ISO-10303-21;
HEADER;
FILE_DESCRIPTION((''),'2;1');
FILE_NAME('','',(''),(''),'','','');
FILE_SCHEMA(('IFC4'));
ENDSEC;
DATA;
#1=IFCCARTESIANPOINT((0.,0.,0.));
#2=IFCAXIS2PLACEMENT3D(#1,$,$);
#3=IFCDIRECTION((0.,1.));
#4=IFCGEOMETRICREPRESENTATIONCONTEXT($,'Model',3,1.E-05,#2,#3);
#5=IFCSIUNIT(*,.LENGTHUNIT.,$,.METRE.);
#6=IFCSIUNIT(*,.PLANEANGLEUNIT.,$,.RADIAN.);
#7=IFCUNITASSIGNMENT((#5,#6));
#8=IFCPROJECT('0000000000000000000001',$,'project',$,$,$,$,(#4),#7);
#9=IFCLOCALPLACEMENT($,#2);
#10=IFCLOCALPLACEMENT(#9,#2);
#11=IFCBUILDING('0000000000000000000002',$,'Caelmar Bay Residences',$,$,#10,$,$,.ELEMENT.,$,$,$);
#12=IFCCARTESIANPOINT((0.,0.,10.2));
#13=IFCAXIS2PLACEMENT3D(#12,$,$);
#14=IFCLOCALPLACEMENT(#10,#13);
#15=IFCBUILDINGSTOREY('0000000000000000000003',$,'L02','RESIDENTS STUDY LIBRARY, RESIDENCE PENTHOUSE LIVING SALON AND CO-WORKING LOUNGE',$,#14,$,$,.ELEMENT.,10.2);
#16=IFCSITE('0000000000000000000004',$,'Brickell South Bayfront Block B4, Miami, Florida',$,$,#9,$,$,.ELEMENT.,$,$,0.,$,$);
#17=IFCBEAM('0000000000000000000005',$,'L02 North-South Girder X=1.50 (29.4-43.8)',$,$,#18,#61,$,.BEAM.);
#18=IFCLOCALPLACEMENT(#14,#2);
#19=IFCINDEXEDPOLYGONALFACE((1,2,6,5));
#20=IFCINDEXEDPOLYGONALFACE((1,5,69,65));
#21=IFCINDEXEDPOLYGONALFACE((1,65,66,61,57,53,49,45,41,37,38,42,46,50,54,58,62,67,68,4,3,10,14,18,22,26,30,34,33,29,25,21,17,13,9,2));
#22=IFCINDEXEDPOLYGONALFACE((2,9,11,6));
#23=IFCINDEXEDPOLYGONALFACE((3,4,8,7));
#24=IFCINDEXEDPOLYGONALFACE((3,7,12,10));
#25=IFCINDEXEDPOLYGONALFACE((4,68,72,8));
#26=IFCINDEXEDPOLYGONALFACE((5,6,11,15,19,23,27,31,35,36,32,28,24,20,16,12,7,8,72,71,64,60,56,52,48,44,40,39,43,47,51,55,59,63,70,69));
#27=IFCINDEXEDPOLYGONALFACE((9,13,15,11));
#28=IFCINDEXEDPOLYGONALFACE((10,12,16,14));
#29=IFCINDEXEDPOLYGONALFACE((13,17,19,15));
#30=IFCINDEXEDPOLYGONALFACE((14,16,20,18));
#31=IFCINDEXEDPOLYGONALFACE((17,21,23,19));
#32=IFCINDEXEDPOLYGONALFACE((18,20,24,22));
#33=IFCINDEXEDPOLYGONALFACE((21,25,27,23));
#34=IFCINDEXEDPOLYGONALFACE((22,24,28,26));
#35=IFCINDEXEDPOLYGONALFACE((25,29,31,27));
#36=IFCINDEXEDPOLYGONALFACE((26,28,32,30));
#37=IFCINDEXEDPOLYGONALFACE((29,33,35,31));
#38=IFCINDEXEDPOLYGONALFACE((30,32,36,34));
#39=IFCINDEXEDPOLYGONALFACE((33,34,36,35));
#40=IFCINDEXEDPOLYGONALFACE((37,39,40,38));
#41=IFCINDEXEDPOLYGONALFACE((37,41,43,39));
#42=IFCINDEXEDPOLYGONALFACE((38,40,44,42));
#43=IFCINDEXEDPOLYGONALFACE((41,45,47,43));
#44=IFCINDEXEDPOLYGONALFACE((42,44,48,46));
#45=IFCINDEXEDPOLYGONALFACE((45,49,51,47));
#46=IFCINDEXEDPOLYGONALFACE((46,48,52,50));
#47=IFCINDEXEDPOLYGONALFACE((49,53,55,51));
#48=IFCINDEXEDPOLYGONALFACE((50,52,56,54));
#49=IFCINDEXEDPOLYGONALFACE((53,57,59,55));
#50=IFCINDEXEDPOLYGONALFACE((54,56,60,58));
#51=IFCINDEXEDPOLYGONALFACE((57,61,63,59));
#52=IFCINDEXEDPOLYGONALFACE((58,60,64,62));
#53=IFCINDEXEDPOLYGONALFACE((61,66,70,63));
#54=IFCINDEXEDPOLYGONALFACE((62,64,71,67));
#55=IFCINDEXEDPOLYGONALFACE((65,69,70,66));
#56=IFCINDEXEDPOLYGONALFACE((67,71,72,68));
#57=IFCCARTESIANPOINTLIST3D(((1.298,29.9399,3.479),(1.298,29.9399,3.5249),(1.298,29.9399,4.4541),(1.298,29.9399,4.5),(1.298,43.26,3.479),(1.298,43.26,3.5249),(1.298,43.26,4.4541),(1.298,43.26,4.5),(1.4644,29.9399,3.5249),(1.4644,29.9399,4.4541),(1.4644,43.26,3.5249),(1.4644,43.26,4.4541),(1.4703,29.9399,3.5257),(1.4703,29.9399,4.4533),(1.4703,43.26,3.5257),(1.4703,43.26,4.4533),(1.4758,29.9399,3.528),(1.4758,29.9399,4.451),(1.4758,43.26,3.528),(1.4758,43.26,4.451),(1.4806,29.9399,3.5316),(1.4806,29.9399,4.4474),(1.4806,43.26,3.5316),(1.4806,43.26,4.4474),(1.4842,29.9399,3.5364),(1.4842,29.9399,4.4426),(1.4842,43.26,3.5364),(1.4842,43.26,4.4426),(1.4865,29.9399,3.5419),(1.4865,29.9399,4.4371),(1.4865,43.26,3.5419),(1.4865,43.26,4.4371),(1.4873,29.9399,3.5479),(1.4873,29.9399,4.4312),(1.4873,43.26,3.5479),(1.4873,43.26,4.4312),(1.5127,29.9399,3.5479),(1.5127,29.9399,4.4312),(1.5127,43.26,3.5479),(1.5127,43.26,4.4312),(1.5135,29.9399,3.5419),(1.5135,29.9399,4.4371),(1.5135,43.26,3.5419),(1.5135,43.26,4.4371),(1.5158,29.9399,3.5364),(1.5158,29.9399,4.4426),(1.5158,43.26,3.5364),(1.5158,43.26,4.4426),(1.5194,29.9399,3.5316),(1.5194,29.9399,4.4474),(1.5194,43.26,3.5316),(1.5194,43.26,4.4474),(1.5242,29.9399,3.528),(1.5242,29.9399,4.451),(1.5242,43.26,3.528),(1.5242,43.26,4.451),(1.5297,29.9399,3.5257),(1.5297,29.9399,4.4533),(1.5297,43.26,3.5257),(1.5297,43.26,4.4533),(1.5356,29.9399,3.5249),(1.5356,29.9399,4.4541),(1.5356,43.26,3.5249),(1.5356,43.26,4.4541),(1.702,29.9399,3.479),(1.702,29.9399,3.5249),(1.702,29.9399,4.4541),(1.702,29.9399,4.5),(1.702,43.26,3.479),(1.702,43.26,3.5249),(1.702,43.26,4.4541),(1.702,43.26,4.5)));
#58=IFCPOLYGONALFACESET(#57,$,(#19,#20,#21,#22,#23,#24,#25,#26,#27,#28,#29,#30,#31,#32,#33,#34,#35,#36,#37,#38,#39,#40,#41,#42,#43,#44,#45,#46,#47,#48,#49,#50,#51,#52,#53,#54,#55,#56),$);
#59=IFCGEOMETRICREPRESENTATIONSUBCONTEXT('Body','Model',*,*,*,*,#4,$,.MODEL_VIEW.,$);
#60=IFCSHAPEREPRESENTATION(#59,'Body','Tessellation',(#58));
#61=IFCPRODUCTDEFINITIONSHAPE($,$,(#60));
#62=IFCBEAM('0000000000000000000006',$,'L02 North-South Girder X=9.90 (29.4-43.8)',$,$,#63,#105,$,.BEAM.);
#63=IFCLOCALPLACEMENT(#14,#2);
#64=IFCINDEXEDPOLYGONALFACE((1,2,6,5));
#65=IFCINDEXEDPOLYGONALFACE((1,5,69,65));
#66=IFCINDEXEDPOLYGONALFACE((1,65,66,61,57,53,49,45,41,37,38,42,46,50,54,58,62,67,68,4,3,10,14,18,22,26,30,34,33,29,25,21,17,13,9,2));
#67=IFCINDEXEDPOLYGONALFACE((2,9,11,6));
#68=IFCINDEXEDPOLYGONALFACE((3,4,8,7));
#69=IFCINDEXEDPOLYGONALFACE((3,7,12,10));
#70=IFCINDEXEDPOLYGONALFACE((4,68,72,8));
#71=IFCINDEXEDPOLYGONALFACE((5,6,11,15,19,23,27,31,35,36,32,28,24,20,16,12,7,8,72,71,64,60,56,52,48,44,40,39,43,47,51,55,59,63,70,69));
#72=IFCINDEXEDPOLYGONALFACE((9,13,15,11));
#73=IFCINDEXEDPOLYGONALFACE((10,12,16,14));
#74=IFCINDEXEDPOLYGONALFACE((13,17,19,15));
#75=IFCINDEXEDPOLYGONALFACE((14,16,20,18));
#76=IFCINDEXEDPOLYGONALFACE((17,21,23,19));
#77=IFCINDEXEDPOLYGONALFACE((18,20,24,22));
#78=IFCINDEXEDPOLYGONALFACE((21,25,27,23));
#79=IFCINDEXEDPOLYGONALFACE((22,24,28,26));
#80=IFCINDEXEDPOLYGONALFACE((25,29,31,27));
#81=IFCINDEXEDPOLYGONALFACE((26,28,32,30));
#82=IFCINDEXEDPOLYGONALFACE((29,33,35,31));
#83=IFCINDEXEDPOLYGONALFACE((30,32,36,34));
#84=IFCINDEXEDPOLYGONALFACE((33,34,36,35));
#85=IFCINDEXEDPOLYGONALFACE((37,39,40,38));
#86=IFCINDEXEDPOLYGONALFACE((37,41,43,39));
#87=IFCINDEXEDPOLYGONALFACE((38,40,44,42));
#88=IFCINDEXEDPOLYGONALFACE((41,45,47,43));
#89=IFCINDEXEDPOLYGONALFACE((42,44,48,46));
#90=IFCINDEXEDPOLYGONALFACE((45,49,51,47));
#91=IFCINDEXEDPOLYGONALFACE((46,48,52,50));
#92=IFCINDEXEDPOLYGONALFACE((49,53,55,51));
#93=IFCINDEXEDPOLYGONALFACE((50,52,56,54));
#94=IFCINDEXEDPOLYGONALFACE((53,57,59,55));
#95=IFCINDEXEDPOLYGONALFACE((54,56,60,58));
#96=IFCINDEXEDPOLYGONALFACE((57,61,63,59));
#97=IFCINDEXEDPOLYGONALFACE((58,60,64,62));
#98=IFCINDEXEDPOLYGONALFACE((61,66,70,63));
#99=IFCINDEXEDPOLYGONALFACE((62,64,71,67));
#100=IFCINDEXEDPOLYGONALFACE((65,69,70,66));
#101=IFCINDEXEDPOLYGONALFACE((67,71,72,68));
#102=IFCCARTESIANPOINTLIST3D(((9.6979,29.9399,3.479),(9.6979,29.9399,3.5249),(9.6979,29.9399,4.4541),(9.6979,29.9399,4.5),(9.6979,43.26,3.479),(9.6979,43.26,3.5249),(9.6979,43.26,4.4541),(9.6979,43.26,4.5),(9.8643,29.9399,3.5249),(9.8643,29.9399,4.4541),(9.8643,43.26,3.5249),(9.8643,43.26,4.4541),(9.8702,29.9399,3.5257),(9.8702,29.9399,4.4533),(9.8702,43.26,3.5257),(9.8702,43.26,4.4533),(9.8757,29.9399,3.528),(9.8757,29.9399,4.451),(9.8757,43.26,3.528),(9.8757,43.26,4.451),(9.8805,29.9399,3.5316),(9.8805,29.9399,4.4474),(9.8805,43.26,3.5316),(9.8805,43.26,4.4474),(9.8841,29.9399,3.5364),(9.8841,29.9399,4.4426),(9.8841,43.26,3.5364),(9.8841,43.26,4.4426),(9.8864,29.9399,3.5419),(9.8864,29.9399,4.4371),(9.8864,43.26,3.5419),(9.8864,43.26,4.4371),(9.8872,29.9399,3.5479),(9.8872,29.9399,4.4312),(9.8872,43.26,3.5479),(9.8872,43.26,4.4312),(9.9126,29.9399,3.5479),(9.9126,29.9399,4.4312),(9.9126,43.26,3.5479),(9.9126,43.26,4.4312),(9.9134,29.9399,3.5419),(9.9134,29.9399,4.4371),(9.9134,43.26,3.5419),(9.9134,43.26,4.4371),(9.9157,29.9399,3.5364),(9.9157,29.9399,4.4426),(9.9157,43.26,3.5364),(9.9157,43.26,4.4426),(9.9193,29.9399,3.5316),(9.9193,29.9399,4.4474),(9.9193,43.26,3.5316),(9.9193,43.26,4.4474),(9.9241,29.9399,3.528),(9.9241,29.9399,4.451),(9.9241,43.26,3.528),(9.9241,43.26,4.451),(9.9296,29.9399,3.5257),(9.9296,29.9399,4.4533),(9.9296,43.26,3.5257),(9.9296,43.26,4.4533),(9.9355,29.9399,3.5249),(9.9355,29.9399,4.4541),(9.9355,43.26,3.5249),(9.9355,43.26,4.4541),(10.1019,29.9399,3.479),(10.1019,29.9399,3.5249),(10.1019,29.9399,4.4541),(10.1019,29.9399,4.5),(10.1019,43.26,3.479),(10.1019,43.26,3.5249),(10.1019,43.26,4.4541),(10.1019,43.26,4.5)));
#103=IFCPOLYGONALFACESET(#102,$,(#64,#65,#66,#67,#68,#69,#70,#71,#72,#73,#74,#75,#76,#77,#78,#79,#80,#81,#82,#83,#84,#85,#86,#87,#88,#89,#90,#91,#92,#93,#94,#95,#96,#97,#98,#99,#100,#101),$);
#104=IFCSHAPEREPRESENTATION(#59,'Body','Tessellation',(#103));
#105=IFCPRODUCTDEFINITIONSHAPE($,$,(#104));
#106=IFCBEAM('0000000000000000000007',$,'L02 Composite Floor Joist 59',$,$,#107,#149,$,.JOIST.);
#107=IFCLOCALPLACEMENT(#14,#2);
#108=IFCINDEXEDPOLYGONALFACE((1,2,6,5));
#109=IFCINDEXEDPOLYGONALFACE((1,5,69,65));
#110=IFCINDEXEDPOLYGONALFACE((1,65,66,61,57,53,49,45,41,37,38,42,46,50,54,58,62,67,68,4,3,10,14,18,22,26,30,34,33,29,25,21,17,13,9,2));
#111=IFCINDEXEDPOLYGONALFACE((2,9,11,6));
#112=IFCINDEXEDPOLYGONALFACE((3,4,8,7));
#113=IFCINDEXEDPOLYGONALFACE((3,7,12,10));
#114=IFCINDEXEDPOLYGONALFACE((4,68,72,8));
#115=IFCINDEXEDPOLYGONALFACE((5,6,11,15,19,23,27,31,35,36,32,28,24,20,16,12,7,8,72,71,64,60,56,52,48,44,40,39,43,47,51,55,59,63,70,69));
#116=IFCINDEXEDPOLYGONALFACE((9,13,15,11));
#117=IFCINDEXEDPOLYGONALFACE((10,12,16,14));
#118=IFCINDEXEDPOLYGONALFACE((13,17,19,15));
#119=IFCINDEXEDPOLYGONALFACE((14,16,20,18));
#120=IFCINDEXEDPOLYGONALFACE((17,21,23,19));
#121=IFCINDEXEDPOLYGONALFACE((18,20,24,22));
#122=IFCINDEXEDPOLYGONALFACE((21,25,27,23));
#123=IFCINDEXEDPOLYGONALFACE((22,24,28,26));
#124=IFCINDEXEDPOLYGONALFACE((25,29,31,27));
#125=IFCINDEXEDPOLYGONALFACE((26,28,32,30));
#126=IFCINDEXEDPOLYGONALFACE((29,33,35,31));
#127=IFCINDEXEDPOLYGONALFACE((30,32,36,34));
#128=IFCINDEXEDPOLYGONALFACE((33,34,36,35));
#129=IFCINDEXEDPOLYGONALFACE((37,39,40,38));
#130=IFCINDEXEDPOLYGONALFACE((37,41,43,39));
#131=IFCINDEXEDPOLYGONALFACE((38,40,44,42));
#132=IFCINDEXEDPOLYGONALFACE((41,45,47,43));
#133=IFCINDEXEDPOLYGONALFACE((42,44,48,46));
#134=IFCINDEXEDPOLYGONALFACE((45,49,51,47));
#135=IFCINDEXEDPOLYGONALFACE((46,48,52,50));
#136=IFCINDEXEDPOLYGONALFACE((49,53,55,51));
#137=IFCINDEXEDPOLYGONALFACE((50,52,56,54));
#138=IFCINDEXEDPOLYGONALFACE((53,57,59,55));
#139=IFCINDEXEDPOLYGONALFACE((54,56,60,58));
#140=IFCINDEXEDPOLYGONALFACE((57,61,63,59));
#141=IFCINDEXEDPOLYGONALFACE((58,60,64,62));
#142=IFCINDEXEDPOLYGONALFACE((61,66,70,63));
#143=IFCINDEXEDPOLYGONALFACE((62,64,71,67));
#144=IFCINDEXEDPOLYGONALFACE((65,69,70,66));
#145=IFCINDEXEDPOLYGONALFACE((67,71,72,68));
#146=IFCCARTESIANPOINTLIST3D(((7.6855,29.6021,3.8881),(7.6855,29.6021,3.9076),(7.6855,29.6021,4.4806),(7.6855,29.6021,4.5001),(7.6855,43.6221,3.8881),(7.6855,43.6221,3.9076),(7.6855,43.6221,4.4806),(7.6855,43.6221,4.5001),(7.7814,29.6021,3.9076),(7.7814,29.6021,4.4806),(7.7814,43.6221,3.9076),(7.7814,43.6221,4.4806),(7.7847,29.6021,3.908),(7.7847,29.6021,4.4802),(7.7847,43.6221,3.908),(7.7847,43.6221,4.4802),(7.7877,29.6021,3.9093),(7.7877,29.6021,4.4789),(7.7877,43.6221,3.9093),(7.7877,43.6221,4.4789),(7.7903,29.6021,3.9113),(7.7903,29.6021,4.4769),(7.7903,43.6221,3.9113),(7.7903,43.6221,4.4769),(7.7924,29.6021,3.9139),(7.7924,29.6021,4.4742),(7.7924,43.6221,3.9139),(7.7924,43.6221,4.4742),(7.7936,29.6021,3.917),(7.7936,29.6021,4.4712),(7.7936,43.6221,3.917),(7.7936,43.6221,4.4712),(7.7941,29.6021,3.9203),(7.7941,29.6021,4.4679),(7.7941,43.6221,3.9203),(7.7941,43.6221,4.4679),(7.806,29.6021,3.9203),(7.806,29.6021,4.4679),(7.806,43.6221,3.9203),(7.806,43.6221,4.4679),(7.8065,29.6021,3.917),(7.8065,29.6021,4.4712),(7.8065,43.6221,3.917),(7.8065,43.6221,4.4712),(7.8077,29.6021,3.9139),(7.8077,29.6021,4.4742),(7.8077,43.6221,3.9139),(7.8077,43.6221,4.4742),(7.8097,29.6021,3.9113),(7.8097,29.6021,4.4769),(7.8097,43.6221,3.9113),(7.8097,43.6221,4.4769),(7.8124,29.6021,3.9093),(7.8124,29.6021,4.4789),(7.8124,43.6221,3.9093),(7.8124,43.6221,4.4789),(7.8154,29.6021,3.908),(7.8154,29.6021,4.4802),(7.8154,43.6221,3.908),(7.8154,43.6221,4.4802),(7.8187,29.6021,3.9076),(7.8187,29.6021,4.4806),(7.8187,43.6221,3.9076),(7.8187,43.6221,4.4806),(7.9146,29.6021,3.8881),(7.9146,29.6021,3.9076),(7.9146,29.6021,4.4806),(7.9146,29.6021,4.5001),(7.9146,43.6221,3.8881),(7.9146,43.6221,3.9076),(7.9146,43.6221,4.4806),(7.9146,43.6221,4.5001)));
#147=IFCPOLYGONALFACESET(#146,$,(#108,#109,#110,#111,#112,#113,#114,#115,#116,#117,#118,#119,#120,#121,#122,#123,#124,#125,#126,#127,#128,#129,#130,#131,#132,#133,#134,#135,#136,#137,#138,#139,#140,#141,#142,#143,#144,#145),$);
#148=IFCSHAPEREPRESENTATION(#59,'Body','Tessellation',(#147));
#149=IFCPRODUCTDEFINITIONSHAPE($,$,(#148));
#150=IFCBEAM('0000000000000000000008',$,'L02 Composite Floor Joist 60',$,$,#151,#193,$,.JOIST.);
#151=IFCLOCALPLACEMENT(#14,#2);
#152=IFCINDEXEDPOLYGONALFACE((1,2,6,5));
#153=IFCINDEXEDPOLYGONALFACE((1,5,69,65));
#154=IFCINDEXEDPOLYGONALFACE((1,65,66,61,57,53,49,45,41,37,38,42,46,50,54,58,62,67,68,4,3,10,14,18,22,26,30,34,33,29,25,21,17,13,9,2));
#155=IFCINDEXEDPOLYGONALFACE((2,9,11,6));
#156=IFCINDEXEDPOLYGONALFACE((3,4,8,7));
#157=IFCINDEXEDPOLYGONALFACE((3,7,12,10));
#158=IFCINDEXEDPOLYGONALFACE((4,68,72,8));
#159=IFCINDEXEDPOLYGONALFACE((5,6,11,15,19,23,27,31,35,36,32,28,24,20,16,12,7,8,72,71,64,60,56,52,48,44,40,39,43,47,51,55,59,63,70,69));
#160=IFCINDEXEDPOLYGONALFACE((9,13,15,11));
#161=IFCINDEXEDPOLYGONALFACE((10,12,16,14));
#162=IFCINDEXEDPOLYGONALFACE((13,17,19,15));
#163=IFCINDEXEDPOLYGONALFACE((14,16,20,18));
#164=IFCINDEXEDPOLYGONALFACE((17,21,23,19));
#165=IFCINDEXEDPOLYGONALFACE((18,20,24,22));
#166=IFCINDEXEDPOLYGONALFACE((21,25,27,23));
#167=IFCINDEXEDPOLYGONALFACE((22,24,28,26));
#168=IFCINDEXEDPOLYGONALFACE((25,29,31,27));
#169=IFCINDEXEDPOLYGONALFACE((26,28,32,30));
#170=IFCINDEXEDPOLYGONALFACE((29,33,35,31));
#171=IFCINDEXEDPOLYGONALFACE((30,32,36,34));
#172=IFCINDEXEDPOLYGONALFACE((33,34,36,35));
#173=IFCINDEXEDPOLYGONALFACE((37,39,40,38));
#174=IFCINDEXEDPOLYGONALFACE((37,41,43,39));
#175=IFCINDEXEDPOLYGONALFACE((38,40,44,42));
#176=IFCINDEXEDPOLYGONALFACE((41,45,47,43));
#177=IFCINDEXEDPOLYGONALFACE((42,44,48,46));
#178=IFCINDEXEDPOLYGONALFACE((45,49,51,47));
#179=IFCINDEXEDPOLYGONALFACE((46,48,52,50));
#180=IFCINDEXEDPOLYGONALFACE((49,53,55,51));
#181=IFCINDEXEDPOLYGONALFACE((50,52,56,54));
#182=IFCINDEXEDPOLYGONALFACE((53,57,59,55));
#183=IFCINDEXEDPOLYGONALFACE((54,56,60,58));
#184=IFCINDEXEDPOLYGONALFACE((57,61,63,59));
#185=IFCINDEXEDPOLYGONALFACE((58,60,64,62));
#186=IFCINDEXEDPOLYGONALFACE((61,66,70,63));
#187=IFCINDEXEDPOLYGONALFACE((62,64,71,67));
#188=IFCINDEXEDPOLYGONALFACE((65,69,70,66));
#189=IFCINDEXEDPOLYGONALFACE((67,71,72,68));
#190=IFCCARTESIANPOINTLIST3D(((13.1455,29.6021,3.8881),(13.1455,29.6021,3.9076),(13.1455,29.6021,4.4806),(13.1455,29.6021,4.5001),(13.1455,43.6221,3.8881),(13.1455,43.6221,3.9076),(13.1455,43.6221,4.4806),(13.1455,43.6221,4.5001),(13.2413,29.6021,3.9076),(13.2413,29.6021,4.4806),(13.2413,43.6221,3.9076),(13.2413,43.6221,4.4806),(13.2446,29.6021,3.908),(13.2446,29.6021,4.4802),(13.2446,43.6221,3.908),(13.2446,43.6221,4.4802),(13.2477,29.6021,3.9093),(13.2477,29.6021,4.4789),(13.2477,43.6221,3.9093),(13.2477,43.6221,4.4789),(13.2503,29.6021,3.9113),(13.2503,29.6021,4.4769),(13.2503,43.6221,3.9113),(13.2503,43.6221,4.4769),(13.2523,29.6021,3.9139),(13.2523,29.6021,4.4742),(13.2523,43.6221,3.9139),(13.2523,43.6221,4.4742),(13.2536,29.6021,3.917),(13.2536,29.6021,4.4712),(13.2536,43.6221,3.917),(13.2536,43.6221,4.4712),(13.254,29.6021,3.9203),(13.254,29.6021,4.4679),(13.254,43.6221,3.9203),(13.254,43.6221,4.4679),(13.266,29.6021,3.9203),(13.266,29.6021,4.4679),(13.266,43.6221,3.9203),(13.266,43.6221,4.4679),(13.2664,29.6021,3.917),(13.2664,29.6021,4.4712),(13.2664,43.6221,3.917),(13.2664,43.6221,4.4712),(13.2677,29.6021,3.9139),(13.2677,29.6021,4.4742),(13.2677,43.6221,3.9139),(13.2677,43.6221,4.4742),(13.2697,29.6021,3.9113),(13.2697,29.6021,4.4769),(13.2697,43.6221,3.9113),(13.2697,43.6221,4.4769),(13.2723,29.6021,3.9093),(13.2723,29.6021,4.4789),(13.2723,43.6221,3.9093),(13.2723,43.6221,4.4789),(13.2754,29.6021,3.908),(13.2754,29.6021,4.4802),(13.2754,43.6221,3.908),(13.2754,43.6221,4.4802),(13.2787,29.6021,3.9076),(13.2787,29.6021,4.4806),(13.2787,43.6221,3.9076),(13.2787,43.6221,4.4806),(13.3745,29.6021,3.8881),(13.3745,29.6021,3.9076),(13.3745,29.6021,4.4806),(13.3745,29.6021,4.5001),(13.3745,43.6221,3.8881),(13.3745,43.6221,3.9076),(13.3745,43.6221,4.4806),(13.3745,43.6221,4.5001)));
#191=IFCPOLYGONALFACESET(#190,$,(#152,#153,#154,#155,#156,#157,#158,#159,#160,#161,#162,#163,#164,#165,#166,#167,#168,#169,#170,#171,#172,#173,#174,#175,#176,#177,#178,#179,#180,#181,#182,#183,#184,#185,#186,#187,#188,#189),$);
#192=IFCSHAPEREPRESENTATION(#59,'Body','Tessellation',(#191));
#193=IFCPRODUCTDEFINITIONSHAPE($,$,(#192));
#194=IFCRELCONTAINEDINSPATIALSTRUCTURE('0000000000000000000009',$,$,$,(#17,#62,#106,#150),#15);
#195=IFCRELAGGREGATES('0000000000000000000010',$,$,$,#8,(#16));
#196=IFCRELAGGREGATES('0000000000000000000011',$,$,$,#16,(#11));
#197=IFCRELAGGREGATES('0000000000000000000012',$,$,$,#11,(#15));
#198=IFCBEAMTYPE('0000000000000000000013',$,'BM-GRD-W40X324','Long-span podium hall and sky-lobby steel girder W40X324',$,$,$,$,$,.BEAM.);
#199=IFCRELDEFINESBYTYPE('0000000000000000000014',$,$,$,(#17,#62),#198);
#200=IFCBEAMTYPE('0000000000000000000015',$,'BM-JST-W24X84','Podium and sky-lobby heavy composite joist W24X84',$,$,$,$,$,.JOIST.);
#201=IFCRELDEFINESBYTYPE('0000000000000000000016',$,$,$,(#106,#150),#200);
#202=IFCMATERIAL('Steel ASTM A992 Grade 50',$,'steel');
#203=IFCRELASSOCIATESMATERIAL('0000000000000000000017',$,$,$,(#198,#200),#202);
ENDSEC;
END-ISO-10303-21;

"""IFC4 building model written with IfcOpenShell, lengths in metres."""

from ifc_helpers import new_model, si_unit, direction, frame, origin, origin_2d, place, context, subcontext, project, spatial, i_section, extrude, material, material_profile, profile_set, type_object, element, save


model = new_model("IFC4")

# Units and contexts
model_context = context("Model", 3, precision=1e-05, world=origin(), true_north=direction((0.0, 1.0)))
body_context = subcontext(model_context, "Body", "Model", "MODEL_VIEW")
ifc_project = project(units=[si_unit("LENGTHUNIT", "METRE"), si_unit("PLANEANGLEUNIT", "RADIAN")], contexts=[model_context])

# Site, building, storey
site_placement = place(None, origin())
site = spatial("IfcSite", under=ifc_project, at=site_placement, Name="Brickell South Bayfront Block B4, Miami, Florida", CompositionType="ELEMENT", RefElevation=0.0)
building_placement = place(site_placement, origin())
building = spatial("IfcBuilding", under=site, at=building_placement, Name="Caelmar Bay Residences", CompositionType="ELEMENT")
storey_placement = place(building_placement, frame((0.0, 0.0, 10.2)))
storey = spatial("IfcBuildingStorey", under=building, at=storey_placement, Name="L02", Description="RESIDENTS STUDY LIBRARY, RESIDENCE PENTHOUSE LIVING SALON AND CO-WORKING LOUNGE", CompositionType="ELEMENT", Elevation=10.2)

# Beams
ifc_material_1 = material(Name="Steel ASTM A992 Grade 50", Category="steel")
ifc_material_profile_1 = material_profile(ifc_material_1, i_section(OverallWidth=0.4041, OverallDepth=1.021, WebThickness=0.0254, FlangeThickness=0.0459, FilletRadius=0.0229, at=origin_2d()), Name="W40X324")
ifc_profile_set_1 = profile_set([ifc_material_profile_1], Name="Steel ASTM A992 Grade 50")
beam_type_1 = type_object("IfcBeamType", Name="BM-GRD-W40X324", Description="Long-span podium hall and sky-lobby steel girder W40X324", PredefinedType="BEAM", material=ifc_profile_set_1)
for number, where, z_axis, x_axis, name in (
    (1, (1.5, 29.9399, 3.9895), (0.0, 1.0, 0.0), (-1.0, 0.0, 0.0), "L02 North-South Girder X=1.50 (29.4-43.8)"),
    (2, (9.8999, 29.9399, 3.9895), (0.0, 1.0, 0.0), (-1.0, 0.0, 0.0), "L02 North-South Girder X=9.90 (29.4-43.8)"),
):
    element("IfcBeam", number, at=place(storey_placement, frame(where, z_axis=z_axis, x_axis=x_axis)), inside=storey, type_object=beam_type_1, Name=name, PredefinedType="BEAM", context=body_context, shape_type="SweptSolid", body=[
        extrude(i_section(OverallWidth=0.4041, OverallDepth=1.021, WebThickness=0.0254, FlangeThickness=0.0459, FilletRadius=0.0229, at=origin_2d()), origin(), (0.0, 0.0, 1.0), 13.3201),
    ])
ifc_material_profile_2 = material_profile(ifc_material_1, i_section(OverallWidth=0.229, OverallDepth=0.6121, WebThickness=0.012, FlangeThickness=0.0195, FilletRadius=0.0127, at=origin_2d()), Name="W24X84")
ifc_profile_set_2 = profile_set([ifc_material_profile_2], Name="Steel ASTM A992 Grade 50")
beam_type_2 = type_object("IfcBeamType", Name="BM-JST-W24X84", Description="Podium and sky-lobby heavy composite joist W24X84", PredefinedType="JOIST", material=ifc_profile_set_2)
for number, where, z_axis, x_axis, name in (
    (3, (7.8, 29.6021, 4.1941), (0.0, 1.0, 0.0), (-1.0, 0.0, 0.0), "L02 Composite Floor Joist 59"),
    (4, (13.26, 29.6021, 4.1941), (0.0, 1.0, 0.0), (-1.0, 0.0, 0.0), "L02 Composite Floor Joist 60"),
):
    element("IfcBeam", number, at=place(storey_placement, frame(where, z_axis=z_axis, x_axis=x_axis)), inside=storey, type_object=beam_type_2, Name=name, PredefinedType="JOIST", context=body_context, shape_type="SweptSolid", body=[
        extrude(i_section(OverallWidth=0.229, OverallDepth=0.6121, WebThickness=0.012, FlangeThickness=0.0195, FilletRadius=0.0127, at=origin_2d()), origin(), (0.0, 0.0, 1.0), 14.02),
    ])

save(model, "model.ifc")
